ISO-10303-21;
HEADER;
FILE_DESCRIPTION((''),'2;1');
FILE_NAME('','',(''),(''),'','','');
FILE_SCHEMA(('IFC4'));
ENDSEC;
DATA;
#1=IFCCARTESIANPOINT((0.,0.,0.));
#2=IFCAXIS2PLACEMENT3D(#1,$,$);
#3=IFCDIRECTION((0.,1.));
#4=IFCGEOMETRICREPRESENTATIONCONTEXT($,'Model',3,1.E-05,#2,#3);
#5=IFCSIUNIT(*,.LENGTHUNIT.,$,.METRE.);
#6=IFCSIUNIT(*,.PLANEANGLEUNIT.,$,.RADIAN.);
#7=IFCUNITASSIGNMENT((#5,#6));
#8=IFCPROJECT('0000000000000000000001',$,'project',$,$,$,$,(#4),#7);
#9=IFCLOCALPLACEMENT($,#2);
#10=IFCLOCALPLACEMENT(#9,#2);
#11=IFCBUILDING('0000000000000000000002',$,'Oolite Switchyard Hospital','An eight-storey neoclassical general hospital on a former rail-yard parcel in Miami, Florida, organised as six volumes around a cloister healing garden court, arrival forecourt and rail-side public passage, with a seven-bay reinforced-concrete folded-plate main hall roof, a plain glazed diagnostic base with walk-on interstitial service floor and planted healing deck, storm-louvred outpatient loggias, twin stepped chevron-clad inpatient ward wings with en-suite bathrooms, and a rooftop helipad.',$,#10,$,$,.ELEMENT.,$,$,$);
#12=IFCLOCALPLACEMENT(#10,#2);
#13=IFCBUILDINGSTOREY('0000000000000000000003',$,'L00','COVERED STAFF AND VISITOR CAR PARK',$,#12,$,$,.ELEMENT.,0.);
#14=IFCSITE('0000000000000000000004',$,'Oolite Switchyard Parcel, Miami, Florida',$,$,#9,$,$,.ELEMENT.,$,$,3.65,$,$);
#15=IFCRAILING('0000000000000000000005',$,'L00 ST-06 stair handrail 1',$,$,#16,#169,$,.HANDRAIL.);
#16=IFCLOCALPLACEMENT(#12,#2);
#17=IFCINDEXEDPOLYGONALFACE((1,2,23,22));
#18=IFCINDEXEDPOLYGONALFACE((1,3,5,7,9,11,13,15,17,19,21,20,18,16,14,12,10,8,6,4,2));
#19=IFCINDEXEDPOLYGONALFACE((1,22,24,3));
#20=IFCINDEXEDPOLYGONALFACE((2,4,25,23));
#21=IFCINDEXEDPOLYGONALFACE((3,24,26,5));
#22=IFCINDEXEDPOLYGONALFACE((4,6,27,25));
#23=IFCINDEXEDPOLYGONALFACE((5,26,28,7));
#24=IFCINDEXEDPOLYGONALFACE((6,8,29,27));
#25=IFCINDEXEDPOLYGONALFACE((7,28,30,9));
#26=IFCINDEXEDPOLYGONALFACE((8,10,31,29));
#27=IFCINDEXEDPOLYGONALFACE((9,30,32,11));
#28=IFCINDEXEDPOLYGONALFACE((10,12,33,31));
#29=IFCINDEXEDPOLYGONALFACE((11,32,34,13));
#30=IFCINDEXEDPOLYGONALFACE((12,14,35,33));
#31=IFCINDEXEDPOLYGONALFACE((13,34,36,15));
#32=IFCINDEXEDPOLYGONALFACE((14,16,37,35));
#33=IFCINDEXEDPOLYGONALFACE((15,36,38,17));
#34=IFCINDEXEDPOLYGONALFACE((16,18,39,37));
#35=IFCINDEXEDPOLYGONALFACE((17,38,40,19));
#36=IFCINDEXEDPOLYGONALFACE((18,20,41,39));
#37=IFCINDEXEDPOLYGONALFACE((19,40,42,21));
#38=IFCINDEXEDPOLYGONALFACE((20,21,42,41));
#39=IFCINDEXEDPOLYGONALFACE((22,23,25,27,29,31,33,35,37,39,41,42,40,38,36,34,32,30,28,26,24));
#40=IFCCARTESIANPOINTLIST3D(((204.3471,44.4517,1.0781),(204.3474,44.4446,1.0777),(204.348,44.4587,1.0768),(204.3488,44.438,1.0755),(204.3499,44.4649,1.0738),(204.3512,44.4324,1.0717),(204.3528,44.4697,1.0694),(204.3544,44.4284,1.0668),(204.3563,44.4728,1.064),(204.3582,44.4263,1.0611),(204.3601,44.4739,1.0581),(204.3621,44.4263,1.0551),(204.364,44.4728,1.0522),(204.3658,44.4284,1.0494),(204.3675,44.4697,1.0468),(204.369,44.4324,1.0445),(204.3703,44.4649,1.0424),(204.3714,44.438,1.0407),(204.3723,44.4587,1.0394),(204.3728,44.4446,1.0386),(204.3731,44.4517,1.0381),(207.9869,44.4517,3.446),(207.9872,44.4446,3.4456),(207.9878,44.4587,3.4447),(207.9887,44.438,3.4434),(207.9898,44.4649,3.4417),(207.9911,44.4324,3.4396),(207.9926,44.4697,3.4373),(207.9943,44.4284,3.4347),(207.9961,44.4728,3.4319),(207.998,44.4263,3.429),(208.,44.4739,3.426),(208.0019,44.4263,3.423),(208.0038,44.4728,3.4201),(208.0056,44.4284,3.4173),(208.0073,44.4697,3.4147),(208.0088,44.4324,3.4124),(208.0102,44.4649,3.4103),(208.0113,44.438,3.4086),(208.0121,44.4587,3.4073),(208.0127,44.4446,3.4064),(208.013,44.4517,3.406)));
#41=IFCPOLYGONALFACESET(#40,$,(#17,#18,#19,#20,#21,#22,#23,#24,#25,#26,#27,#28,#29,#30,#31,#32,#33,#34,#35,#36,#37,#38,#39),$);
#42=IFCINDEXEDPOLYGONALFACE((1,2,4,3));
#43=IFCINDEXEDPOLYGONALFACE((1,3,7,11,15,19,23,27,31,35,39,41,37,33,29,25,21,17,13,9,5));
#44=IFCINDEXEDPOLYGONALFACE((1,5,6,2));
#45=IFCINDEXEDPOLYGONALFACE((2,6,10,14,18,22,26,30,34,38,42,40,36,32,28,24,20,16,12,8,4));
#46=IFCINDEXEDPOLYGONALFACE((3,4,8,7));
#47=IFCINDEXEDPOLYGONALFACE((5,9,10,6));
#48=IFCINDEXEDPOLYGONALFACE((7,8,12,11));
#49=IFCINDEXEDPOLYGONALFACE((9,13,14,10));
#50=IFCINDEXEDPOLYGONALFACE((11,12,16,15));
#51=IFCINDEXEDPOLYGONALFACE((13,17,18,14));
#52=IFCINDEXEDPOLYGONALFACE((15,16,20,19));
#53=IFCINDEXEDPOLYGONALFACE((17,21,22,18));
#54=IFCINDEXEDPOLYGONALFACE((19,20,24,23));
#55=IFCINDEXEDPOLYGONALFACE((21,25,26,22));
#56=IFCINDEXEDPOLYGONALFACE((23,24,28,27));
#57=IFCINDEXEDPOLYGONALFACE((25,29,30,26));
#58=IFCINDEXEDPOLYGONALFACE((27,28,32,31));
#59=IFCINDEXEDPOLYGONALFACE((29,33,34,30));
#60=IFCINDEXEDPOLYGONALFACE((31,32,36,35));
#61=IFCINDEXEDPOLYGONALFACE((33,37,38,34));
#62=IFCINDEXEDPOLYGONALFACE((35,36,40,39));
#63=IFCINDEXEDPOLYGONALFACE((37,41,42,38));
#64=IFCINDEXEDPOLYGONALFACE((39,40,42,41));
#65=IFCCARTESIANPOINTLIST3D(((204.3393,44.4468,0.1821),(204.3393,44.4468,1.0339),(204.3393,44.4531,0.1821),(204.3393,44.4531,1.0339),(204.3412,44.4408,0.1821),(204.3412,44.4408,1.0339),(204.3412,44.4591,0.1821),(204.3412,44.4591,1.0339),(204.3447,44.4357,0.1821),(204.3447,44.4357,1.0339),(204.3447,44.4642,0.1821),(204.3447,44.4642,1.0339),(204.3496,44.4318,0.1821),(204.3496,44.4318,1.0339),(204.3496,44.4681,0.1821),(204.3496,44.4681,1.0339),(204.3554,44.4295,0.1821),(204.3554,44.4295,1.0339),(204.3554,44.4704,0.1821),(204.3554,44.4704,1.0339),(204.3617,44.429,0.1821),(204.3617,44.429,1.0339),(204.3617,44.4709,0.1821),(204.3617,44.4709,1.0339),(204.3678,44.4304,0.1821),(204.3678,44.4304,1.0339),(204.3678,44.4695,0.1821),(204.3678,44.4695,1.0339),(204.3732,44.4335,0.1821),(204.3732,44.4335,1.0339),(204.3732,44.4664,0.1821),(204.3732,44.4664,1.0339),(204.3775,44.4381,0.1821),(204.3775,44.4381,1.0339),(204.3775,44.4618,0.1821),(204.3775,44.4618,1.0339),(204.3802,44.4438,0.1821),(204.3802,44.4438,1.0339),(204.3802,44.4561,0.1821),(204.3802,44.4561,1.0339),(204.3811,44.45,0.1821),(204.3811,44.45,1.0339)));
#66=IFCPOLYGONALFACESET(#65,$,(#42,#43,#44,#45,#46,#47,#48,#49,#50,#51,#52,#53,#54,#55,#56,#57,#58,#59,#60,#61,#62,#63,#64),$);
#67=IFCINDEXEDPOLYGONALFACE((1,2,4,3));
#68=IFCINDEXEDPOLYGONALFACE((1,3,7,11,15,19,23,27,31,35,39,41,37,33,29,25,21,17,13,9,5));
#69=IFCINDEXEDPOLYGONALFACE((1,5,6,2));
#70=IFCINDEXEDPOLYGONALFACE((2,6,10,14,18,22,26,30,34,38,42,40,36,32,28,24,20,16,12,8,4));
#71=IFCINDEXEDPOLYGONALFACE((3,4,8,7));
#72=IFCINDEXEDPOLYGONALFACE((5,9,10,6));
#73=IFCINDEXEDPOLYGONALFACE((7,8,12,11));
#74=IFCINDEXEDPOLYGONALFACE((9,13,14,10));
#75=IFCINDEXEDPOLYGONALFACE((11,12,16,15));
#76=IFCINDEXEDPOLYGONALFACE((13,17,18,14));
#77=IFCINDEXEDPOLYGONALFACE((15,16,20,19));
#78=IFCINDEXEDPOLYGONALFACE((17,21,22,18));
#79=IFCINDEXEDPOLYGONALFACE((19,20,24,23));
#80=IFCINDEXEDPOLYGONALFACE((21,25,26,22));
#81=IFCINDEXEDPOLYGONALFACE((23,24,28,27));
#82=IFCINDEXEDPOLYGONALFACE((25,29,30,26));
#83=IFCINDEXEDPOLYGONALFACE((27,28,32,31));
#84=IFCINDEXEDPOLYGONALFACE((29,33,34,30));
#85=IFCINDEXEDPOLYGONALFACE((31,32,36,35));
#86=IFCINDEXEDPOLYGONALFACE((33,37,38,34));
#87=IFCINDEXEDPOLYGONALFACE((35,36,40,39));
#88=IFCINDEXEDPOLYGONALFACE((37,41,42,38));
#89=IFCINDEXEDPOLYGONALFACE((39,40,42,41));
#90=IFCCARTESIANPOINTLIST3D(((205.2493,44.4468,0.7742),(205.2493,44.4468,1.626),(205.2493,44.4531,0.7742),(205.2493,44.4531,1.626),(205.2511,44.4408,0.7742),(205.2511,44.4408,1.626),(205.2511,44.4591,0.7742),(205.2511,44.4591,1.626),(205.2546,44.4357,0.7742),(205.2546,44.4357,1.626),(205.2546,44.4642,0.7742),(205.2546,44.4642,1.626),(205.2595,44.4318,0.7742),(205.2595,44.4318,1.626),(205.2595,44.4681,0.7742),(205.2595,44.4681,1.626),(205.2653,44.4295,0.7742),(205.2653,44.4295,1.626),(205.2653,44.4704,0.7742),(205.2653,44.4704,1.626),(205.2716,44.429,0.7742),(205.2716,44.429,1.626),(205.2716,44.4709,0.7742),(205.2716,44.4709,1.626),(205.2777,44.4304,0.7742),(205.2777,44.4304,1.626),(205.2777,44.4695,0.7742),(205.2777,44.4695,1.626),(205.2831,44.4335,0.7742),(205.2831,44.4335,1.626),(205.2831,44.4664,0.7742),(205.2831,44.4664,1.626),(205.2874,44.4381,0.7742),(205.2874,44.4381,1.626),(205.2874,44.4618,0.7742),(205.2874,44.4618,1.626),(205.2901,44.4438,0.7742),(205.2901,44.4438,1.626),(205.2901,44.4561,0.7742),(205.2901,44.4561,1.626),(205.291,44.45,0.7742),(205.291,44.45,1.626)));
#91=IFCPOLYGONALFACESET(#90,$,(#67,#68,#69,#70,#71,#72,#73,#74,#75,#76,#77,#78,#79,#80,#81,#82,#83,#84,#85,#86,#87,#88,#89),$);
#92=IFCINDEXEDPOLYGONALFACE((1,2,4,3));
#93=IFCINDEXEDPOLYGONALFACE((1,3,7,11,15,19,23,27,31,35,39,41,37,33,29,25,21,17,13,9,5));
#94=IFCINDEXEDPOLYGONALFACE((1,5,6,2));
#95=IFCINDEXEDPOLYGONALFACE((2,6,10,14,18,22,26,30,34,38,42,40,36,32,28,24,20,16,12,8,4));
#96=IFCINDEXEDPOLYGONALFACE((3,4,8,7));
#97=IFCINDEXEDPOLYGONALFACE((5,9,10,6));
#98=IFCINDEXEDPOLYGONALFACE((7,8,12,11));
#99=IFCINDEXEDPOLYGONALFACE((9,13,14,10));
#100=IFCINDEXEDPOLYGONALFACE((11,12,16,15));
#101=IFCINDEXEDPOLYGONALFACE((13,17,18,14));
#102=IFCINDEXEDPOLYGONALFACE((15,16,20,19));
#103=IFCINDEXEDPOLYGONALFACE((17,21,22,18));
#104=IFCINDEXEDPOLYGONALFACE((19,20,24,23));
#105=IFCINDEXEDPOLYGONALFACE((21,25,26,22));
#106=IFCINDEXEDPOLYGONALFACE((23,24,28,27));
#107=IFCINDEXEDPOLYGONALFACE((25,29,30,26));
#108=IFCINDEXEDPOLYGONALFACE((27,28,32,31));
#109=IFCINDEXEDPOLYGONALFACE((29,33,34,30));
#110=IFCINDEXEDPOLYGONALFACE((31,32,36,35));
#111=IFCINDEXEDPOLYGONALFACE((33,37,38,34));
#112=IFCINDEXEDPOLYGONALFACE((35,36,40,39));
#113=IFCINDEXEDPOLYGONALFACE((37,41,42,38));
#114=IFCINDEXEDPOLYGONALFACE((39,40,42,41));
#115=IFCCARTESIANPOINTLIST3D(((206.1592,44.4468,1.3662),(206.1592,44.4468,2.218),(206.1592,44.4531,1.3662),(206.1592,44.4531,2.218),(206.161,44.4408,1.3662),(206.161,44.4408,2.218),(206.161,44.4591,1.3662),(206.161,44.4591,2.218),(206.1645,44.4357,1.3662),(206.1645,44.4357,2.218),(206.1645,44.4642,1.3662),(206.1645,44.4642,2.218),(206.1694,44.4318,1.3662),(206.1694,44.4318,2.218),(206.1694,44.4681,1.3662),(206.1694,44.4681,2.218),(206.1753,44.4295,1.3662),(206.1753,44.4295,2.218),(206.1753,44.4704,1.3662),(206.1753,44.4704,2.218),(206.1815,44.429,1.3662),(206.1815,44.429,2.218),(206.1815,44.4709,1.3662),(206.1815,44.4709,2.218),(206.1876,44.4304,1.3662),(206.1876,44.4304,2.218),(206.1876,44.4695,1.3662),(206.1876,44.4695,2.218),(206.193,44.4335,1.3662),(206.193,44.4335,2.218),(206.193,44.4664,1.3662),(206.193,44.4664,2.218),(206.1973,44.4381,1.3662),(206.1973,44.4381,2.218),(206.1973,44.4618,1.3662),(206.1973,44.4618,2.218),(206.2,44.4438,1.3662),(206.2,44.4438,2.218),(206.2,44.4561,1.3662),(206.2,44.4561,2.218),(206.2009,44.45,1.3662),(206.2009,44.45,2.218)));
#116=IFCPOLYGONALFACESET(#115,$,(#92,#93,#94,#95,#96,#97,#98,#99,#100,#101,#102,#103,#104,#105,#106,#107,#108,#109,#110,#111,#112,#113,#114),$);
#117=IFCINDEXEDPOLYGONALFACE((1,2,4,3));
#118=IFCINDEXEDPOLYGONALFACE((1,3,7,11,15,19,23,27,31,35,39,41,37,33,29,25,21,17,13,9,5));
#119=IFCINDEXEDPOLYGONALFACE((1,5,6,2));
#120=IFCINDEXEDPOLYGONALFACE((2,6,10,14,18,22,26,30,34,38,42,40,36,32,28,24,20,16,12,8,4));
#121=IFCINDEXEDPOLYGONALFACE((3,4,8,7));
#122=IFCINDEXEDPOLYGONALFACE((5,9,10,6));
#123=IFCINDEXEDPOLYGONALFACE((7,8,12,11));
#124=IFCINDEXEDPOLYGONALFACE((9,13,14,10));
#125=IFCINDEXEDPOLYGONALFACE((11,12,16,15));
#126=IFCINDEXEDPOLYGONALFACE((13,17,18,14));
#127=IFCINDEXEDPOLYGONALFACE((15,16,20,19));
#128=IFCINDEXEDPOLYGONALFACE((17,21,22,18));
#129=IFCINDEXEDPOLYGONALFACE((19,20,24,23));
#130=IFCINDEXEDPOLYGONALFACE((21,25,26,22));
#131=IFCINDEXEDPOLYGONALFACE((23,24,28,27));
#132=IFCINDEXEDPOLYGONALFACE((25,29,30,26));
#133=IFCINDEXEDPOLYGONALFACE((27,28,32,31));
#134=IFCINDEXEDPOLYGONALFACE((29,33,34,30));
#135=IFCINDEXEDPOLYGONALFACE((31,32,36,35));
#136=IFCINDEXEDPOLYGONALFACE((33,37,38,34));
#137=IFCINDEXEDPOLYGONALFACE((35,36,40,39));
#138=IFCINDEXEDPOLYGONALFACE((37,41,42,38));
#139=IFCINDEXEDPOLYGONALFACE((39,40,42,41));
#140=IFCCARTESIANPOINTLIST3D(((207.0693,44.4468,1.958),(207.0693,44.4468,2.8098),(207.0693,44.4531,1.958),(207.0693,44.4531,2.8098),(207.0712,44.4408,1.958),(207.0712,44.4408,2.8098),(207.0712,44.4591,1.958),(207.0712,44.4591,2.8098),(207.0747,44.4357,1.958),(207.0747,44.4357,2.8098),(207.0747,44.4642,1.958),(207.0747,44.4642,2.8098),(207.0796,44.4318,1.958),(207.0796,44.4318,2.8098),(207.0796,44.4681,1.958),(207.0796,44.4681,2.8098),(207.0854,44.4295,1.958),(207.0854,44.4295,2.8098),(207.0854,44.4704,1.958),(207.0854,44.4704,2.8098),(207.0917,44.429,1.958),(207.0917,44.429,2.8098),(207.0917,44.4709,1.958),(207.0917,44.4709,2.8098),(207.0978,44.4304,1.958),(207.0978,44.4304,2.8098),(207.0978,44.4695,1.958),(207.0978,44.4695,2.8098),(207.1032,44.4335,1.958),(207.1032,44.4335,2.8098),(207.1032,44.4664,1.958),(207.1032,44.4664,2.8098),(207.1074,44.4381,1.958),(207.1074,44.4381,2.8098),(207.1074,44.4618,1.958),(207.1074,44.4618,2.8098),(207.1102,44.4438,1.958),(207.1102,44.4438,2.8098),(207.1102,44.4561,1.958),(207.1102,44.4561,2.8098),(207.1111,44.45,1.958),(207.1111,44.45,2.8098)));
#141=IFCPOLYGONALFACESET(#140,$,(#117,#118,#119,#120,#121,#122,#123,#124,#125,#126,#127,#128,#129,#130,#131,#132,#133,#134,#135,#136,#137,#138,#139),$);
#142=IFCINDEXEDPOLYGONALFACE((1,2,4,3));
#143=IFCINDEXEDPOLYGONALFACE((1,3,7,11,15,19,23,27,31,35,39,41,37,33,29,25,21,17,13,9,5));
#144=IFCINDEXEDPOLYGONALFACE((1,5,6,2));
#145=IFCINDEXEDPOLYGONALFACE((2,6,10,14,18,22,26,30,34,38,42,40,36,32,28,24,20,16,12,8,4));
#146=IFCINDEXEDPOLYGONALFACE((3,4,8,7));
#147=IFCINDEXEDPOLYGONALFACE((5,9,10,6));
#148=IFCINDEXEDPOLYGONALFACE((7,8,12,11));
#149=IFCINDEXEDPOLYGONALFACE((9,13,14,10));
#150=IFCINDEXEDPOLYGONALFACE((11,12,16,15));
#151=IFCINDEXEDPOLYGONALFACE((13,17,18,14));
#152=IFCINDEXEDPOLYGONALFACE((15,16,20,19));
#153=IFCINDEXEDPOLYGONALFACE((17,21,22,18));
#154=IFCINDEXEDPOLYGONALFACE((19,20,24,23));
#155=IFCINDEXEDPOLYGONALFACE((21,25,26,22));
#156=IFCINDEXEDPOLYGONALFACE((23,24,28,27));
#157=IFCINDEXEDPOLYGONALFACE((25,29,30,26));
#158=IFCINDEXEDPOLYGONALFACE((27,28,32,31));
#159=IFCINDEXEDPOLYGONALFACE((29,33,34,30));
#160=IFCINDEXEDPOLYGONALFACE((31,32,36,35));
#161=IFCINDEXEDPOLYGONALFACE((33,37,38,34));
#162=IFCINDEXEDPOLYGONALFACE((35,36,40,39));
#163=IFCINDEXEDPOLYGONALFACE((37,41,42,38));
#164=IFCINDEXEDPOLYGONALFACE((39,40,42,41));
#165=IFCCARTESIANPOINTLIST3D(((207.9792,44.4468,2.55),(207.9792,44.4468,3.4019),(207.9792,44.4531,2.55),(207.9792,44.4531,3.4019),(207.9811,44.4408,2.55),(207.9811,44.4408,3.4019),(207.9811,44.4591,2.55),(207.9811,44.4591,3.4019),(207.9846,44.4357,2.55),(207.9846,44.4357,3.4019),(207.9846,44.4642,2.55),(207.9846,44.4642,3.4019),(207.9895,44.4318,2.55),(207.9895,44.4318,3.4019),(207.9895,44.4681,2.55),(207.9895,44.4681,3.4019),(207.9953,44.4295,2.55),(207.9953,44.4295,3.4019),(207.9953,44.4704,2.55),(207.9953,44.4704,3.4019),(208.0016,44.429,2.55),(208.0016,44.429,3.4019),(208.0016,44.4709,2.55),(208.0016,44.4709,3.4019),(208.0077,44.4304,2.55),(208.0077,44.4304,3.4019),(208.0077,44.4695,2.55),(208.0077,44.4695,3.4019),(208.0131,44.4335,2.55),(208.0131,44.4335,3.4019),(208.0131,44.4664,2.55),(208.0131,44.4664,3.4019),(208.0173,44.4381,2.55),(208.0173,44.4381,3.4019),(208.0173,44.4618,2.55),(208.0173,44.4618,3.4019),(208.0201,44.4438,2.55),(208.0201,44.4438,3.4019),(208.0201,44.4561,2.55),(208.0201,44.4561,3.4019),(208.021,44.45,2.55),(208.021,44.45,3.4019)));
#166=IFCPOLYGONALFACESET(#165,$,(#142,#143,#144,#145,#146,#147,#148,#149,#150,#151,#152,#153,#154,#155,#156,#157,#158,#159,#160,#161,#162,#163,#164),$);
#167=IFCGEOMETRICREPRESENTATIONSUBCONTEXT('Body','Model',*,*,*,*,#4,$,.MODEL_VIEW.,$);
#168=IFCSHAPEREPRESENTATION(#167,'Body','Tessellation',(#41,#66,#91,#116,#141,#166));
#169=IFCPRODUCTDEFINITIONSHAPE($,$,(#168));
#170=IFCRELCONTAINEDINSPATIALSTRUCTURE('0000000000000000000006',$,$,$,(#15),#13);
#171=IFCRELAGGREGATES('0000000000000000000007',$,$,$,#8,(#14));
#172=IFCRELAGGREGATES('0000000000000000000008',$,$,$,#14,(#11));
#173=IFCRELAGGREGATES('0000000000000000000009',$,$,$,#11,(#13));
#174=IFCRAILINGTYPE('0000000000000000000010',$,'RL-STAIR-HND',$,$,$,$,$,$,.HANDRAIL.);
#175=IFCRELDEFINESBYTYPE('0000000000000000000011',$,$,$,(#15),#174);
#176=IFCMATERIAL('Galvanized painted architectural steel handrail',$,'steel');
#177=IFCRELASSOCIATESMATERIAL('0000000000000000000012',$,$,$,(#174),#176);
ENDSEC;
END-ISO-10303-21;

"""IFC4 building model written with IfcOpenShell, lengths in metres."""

from ifc_helpers import new_model, si_unit, direction, frame, origin, origin_2d, place, context, subcontext, project, spatial, circle, extrude, material, type_object, element, save


model = new_model("IFC4")

# Units and contexts
model_context = context("Model", 3, precision=1e-05, world=origin(), true_north=direction((0.0, 1.0)))
body_context = subcontext(model_context, "Body", "Model", "MODEL_VIEW")
ifc_project = project(units=[si_unit("LENGTHUNIT", "METRE"), si_unit("PLANEANGLEUNIT", "RADIAN")], contexts=[model_context])

# Site, building, storey
site_placement = place(None, origin())
site = spatial("IfcSite", under=ifc_project, at=site_placement, Name="Oolite Switchyard Parcel, Miami, Florida", CompositionType="ELEMENT", RefElevation=3.65)
building_placement = place(site_placement, origin())
building = spatial("IfcBuilding", under=site, at=building_placement, Name="Oolite Switchyard Hospital", Description="An eight-storey neoclassical general hospital on a former rail-yard parcel in Miami, Florida, organised as six volumes around a cloister healing garden court, arrival forecourt and rail-side public passage, with a seven-bay reinforced-concrete folded-plate main hall roof, a plain glazed diagnostic base with walk-on interstitial service floor and planted healing deck, storm-louvred outpatient loggias, twin stepped chevron-clad inpatient ward wings with en-suite bathrooms, and a rooftop helipad.", CompositionType="ELEMENT")
storey_placement = place(building_placement, origin())
storey = spatial("IfcBuildingStorey", under=building, at=storey_placement, Name="L00", Description="COVERED STAFF AND VISITOR CAR PARK", CompositionType="ELEMENT", Elevation=0.0)

# Railing
ifc_material_1 = material(Name="Galvanized painted architectural steel handrail", Category="steel")
railing_type_1 = type_object("IfcRailingType", Name="RL-STAIR-HND", PredefinedType="HANDRAIL", material=ifc_material_1)
railing_1_placement = place(storey_placement, frame((204.3601, 44.45, 0.1821)))
element("IfcRailing", 1, at=railing_1_placement, inside=storey, type_object=railing_type_1, Name="L00 ST-06 stair handrail 1", PredefinedType="HANDRAIL", context=body_context, shape_type="SweptSolid", body=[
    extrude(circle(Radius=0.0239, at=origin_2d()), frame((0.0, 0.0, 0.876), z_axis=(0.838234, 0.0, 0.54531), x_axis=(0.0, 1.0, 0.0)), (0.0, 0.0, 1.0), 4.3423),
    extrude(circle(Radius=0.021, at=origin_2d()), origin(), (0.0, 0.0, 1.0), 0.8518),
    extrude(circle(Radius=0.021, at=origin_2d()), frame((0.9099, 0.0, 0.592)), (0.0, 0.0, 1.0), 0.8518),
    extrude(circle(Radius=0.021, at=origin_2d()), frame((1.8198, 0.0, 1.1841)), (0.0, 0.0, 1.0), 0.8518),
    extrude(circle(Radius=0.021, at=origin_2d()), frame((2.73, 0.0, 1.7759)), (0.0, 0.0, 1.0), 0.8518),
    extrude(circle(Radius=0.021, at=origin_2d()), frame((3.6399, 0.0, 2.3679)), (0.0, 0.0, 1.0), 0.8518),
])

save(model, "model.ifc")
